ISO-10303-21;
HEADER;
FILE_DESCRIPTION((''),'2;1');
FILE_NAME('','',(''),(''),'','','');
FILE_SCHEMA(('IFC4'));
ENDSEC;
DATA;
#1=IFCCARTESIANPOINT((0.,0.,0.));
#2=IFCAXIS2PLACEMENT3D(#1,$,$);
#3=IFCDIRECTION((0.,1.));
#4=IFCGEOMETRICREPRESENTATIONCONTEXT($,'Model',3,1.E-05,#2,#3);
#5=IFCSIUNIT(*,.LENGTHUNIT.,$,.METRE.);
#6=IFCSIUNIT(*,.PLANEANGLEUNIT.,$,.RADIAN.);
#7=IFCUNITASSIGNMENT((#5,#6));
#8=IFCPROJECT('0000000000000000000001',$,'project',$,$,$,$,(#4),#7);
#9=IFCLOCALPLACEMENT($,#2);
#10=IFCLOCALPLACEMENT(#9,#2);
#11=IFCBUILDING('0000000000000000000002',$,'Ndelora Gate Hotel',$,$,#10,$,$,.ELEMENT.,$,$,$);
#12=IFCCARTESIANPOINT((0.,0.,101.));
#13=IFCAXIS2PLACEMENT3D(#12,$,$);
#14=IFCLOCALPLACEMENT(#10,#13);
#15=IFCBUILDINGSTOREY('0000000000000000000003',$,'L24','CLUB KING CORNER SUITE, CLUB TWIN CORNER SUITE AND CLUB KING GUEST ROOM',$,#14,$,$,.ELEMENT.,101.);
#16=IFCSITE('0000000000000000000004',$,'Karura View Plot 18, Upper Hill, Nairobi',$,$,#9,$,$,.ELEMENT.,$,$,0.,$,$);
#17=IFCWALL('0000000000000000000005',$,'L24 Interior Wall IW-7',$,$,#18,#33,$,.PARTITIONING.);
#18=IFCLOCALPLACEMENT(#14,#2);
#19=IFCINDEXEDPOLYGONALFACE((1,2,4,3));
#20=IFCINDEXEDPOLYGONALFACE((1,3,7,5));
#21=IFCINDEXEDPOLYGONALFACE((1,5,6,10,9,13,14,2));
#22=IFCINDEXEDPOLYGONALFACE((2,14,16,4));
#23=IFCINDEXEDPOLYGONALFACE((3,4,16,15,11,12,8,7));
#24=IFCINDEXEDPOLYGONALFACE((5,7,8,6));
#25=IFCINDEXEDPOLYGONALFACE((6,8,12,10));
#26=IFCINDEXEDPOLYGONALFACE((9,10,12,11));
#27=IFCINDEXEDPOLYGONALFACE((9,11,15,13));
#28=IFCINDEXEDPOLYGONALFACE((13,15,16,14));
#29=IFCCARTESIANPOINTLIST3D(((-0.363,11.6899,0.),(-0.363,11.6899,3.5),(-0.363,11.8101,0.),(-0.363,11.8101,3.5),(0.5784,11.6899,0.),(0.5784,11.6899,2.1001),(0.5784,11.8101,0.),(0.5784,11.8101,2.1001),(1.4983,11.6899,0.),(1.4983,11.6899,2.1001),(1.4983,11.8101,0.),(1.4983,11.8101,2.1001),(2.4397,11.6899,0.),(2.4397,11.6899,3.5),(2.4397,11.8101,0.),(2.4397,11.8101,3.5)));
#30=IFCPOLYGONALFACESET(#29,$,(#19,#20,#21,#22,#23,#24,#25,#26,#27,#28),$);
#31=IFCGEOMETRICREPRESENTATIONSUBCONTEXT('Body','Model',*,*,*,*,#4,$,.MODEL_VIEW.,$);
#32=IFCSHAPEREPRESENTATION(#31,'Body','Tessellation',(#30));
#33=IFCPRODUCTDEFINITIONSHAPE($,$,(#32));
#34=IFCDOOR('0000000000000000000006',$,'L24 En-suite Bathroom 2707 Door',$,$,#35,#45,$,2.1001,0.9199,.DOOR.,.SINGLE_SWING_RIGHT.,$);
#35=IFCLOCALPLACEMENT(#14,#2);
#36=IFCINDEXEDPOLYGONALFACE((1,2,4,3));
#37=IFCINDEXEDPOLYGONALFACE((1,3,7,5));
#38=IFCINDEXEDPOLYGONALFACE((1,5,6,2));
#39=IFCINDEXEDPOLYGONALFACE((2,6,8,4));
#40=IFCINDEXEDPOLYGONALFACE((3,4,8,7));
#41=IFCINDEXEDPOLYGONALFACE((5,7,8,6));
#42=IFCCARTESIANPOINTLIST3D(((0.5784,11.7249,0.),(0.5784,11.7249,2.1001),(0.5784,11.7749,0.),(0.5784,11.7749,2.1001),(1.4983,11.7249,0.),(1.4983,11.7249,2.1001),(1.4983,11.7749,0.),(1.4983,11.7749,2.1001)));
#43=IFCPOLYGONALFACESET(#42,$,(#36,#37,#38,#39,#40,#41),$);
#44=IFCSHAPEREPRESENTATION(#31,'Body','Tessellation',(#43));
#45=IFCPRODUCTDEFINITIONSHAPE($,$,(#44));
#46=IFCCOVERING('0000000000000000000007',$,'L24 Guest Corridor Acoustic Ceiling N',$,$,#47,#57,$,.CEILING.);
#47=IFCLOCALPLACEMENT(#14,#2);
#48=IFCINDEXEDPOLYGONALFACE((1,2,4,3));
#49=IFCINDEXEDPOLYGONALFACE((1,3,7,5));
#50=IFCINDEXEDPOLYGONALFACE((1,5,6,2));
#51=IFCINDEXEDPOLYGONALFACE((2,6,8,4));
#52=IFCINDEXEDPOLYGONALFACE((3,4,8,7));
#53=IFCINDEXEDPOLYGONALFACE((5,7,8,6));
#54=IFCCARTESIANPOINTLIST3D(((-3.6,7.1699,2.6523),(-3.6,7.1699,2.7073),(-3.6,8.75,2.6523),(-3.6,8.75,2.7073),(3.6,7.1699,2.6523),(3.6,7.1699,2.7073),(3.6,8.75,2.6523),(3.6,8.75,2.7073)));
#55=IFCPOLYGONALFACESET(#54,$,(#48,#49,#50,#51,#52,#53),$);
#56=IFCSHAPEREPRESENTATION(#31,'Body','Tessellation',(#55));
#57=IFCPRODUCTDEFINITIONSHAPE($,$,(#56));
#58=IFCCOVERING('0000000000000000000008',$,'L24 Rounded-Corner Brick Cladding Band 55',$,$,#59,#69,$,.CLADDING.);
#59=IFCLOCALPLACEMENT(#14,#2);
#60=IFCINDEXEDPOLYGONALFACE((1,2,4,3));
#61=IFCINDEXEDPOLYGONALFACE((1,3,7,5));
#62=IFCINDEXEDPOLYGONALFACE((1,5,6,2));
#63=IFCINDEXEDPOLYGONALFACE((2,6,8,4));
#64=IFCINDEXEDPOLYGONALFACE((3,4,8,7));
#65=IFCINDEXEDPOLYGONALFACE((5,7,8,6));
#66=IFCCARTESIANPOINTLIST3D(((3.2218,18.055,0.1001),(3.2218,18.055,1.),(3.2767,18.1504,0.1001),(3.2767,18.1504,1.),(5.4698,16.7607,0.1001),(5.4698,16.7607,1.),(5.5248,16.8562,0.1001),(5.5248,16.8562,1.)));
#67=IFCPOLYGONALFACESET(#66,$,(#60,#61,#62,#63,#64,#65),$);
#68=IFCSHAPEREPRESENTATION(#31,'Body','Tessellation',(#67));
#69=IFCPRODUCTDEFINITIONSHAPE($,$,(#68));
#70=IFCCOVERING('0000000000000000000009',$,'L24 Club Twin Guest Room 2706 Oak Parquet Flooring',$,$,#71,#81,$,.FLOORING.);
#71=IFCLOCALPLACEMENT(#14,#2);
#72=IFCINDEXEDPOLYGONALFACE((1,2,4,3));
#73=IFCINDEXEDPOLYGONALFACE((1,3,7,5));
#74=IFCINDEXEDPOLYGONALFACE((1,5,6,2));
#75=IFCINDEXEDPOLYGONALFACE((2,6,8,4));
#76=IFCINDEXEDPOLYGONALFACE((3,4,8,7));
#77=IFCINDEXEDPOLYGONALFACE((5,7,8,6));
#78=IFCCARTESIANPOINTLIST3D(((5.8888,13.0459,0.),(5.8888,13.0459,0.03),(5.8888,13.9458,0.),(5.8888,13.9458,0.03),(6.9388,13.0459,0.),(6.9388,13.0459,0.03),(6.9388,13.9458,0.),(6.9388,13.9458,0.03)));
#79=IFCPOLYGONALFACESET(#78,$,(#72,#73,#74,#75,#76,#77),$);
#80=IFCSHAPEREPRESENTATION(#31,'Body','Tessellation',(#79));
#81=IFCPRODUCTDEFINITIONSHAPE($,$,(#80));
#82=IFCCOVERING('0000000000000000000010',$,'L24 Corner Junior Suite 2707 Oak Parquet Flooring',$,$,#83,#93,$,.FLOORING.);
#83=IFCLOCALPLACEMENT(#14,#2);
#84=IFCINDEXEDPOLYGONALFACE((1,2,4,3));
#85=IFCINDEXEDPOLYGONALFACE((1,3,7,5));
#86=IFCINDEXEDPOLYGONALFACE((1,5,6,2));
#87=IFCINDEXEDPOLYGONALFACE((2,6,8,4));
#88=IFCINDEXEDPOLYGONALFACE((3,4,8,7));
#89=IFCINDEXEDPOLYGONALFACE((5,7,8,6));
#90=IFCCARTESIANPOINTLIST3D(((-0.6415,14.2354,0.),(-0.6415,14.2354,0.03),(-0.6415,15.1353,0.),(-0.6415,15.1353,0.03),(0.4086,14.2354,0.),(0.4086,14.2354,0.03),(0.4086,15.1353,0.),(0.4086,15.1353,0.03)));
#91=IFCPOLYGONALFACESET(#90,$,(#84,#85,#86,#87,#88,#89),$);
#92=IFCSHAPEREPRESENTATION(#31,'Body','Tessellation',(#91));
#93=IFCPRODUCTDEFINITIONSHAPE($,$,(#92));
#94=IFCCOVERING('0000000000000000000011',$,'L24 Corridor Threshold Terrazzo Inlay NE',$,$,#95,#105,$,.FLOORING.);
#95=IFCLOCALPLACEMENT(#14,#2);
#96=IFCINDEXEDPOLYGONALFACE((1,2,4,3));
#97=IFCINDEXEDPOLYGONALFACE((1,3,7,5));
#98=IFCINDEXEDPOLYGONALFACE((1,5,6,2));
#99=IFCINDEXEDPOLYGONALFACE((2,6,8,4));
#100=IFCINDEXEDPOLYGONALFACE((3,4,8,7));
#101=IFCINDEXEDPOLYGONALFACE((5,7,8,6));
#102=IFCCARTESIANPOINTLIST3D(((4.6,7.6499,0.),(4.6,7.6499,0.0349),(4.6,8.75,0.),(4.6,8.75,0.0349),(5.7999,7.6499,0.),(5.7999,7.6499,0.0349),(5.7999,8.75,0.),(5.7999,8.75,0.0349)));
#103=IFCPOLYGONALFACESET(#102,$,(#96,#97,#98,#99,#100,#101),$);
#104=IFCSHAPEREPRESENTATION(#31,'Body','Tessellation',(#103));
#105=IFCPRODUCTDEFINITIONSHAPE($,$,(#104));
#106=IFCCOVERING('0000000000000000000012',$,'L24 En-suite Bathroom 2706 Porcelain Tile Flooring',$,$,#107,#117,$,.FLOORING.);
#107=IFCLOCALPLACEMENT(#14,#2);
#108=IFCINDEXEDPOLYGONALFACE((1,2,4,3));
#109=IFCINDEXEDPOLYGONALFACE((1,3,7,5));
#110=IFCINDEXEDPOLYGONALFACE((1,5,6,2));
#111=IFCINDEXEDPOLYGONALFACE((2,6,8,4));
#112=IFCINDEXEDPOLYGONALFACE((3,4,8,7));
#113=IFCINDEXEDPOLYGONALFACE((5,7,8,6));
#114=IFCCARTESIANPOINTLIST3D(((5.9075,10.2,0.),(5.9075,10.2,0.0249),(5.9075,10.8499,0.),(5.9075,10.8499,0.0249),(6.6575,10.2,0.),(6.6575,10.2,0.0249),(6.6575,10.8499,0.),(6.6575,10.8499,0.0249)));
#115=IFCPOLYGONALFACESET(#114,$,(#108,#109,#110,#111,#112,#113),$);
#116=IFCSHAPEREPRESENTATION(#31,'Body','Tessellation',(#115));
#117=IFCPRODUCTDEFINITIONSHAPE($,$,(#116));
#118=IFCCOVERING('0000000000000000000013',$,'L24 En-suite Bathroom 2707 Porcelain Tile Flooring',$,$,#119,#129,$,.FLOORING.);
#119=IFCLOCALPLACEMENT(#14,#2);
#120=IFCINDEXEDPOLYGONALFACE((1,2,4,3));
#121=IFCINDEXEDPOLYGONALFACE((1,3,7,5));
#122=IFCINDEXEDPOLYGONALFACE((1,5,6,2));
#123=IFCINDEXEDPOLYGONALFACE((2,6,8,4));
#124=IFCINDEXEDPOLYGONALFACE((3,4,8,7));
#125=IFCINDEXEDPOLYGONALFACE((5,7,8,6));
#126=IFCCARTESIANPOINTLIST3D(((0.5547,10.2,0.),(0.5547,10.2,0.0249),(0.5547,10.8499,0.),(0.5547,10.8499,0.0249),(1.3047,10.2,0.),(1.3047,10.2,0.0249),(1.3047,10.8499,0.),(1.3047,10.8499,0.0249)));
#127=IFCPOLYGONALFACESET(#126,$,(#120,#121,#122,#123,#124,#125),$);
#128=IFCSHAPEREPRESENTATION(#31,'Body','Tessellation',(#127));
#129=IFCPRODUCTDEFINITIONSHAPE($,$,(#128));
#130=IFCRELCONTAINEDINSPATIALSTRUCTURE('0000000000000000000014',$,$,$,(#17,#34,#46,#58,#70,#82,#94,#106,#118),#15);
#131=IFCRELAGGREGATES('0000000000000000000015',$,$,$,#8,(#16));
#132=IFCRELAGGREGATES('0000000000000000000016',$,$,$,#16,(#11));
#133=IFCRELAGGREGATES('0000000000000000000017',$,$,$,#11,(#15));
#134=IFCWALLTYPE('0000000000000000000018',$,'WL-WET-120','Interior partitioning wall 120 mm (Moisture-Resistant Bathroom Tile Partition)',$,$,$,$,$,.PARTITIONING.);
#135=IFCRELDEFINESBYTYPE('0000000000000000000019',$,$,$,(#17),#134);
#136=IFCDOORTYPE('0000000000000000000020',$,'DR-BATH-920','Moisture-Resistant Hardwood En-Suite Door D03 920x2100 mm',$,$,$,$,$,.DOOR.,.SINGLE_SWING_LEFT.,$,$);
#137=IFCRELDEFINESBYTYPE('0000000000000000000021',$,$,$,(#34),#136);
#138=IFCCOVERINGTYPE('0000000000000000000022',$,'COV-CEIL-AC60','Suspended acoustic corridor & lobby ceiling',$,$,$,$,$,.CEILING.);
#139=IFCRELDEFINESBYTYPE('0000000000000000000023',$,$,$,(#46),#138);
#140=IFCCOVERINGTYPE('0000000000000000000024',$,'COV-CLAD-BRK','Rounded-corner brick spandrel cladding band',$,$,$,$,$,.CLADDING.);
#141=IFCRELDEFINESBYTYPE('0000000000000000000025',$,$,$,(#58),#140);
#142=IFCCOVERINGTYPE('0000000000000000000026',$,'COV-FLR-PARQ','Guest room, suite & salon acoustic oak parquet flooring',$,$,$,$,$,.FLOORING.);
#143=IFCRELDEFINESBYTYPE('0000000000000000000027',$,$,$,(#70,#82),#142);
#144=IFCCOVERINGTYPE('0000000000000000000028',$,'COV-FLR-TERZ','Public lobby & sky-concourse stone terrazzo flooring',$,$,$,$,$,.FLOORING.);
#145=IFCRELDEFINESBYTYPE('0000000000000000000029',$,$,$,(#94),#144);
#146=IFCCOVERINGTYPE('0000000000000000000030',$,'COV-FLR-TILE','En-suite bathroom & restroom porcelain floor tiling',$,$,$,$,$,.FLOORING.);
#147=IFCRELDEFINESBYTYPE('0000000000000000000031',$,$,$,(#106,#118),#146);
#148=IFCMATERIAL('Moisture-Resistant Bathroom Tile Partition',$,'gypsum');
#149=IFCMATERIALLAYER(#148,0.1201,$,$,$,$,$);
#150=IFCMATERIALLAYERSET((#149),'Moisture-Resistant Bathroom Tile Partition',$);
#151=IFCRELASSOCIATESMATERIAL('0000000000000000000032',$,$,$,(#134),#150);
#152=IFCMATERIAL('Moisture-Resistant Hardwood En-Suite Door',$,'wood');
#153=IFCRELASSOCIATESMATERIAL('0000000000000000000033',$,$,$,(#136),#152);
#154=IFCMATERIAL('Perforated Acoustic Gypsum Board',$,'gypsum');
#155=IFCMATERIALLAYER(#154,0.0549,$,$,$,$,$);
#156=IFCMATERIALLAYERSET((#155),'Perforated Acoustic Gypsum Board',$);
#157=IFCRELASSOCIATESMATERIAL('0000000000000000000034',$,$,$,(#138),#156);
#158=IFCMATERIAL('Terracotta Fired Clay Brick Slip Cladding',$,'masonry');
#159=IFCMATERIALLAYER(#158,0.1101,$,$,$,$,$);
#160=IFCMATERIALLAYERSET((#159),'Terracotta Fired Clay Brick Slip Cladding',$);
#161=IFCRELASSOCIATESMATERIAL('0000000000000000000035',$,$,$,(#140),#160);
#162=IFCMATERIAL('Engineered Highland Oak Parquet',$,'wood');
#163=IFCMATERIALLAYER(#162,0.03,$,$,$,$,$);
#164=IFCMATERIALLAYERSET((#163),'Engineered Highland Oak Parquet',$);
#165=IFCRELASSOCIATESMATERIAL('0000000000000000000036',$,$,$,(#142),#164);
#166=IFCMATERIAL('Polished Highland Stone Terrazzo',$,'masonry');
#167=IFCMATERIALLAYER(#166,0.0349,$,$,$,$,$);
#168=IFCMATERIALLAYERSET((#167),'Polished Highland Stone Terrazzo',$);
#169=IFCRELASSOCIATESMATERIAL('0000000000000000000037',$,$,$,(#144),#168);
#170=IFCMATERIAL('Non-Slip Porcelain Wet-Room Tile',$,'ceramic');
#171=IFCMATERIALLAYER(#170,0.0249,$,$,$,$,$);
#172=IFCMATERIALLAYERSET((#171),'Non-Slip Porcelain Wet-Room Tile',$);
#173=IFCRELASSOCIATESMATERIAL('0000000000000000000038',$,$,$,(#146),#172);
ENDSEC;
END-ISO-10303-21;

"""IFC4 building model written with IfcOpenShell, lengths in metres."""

from ifc_helpers import new_model, si_unit, direction, frame, frame_2d, origin, origin_2d, place, context, subcontext, project, spatial, rectangle, extrude, material, layer, layer_set, type_object, element, fill, save


model = new_model("IFC4")

# Units and contexts
model_context = context("Model", 3, precision=1e-05, world=origin(), true_north=direction((0.0, 1.0)))
body_context = subcontext(model_context, "Body", "Model", "MODEL_VIEW")
ifc_project = project(units=[si_unit("LENGTHUNIT", "METRE"), si_unit("PLANEANGLEUNIT", "RADIAN")], contexts=[model_context])

# Site, building, storey
site_placement = place(None, origin())
site = spatial("IfcSite", under=ifc_project, at=site_placement, Name="Karura View Plot 18, Upper Hill, Nairobi", CompositionType="ELEMENT", RefElevation=0.0)
building_placement = place(site_placement, origin())
building = spatial("IfcBuilding", under=site, at=building_placement, Name="Ndelora Gate Hotel", CompositionType="ELEMENT")
storey_placement = place(building_placement, frame((0.0, 0.0, 101.0)))
storey = spatial("IfcBuildingStorey", under=building, at=storey_placement, Name="L24", Description="CLUB KING CORNER SUITE, CLUB TWIN CORNER SUITE AND CLUB KING GUEST ROOM", CompositionType="ELEMENT", Elevation=101.0)

# Shared definitions
ifc_material_1 = material(Name="Moisture-Resistant Bathroom Tile Partition", Category="gypsum")
ifc_layer_1 = layer(ifc_material_1, 0.1201)
ifc_layer_set_1 = layer_set([ifc_layer_1], Name="Moisture-Resistant Bathroom Tile Partition")
wall_type_1 = type_object("IfcWallType", Name="WL-WET-120", Description="Interior partitioning wall 120 mm (Moisture-Resistant Bathroom Tile Partition)", PredefinedType="PARTITIONING", material=ifc_layer_set_1)

# Shared definitions
ifc_material_2 = material(Name="Moisture-Resistant Hardwood En-Suite Door", Category="wood")
door_type = type_object("IfcDoorType", Name="DR-BATH-920", Description="Moisture-Resistant Hardwood En-Suite Door D03 920x2100 mm", OperationType="SINGLE_SWING_LEFT", PredefinedType="DOOR", material=ifc_material_2)

# Wall, opening, door
wall_1_placement = place(storey_placement, frame((-0.363, 11.75, 0.0), z_axis=(0.0, 0.0, 1.0), x_axis=(1.0, 0.0, 0.0)))
wall_1 = element("IfcWall", 1, at=wall_1_placement, inside=storey, type_object=wall_type_1, Name="L24 Interior Wall IW-7", PredefinedType="PARTITIONING", context=body_context, shape_type="SweptSolid", body=[
    extrude(rectangle(XDim=2.8027, YDim=0.1201, at=frame_2d((1.4014, 0.0))), origin(), (0.0, 0.0, 1.0), 3.5),
])
opening_1_placement = place(wall_1_placement, frame((0.9414, 0.0, 0.0)))
opening_1 = element("IfcOpeningElement", 2, at=opening_1_placement, cuts=wall_1, PredefinedType="OPENING", context=body_context, shape_type="SweptSolid", body=[
    extrude(rectangle(XDim=0.9199, YDim=2.1001, at=frame_2d((0.46, 1.05))), frame((0.0, 0.0701, 0.0), z_axis=(0.0, -1.0, 0.0), x_axis=(1.0, 0.0, 0.0)), (0.0, 0.0, 1.0), 0.1401),
])
door_1_placement = place(opening_1_placement, origin())
door_1 = element("IfcDoor", 3, at=door_1_placement, inside=storey, type_object=door_type, Name="L24 En-suite Bathroom 2707 Door", OperationType="SINGLE_SWING_RIGHT", OverallHeight=2.1001, OverallWidth=0.9199, PredefinedType="DOOR", context=body_context, shape_type="SweptSolid", body=[
    extrude(rectangle(XDim=0.9199, YDim=2.1001, at=frame_2d((0.46, 1.05))), frame((0.0, 0.0249, 0.0), z_axis=(0.0, -1.0, 0.0), x_axis=(1.0, 0.0, 0.0)), (0.0, 0.0, 1.0), 0.05),
])
fill(opening_1, door_1)

# Coverings
ifc_material_3 = material(Name="Perforated Acoustic Gypsum Board", Category="gypsum")
ifc_layer_2 = layer(ifc_material_3, 0.0549)
ifc_layer_set_2 = layer_set([ifc_layer_2], Name="Perforated Acoustic Gypsum Board")
covering_type_1 = type_object("IfcCoveringType", Name="COV-CEIL-AC60", Description="Suspended acoustic corridor & lobby ceiling", PredefinedType="CEILING", material=ifc_layer_set_2)
covering_1_placement = place(storey_placement, frame((0.0, 7.96, 2.6523), z_axis=(0.0, 0.0, 1.0), x_axis=(1.0, 0.0, 0.0)))
element("IfcCovering", 4, at=covering_1_placement, inside=storey, type_object=covering_type_1, Name="L24 Guest Corridor Acoustic Ceiling N", PredefinedType="CEILING", context=body_context, shape_type="SweptSolid", body=[
    extrude(rectangle(XDim=7.2, YDim=1.5801, at=origin_2d()), origin(), (0.0, 0.0, 1.0), 0.0549),
])
ifc_material_4 = material(Name="Terracotta Fired Clay Brick Slip Cladding", Category="masonry")
ifc_layer_3 = layer(ifc_material_4, 0.1101)
ifc_layer_set_3 = layer_set([ifc_layer_3], Name="Terracotta Fired Clay Brick Slip Cladding")
covering_type_2 = type_object("IfcCoveringType", Name="COV-CLAD-BRK", Description="Rounded-corner brick spandrel cladding band", PredefinedType="CLADDING", material=ifc_layer_set_3)
covering_2_placement = place(storey_placement, frame((4.3733, 17.4556, 0.1001), z_axis=(0.0, 0.0, 1.0), x_axis=(-0.866636, 0.498942, 0.0)))
element("IfcCovering", 5, at=covering_2_placement, inside=storey, type_object=covering_type_2, Name="L24 Rounded-Corner Brick Cladding Band 55", PredefinedType="CLADDING", context=body_context, shape_type="SweptSolid", body=[
    extrude(rectangle(XDim=2.594, YDim=0.1101, at=origin_2d()), origin(), (0.0, 0.0, 1.0), 0.8999),
])
ifc_material_5 = material(Name="Engineered Highland Oak Parquet", Category="wood")
ifc_layer_4 = layer(ifc_material_5, 0.03)
ifc_layer_set_4 = layer_set([ifc_layer_4], Name="Engineered Highland Oak Parquet")
covering_type_3 = type_object("IfcCoveringType", Name="COV-FLR-PARQ", Description="Guest room, suite & salon acoustic oak parquet flooring", PredefinedType="FLOORING", material=ifc_layer_set_4)
for number, where, z_axis, x_axis, name in (
    (6, (6.4138, 13.4958, 0.0), (0.0, 0.0, 1.0), (1.0, 0.0, 0.0), "L24 Club Twin Guest Room 2706 Oak Parquet Flooring"),
    (7, (-0.1165, 14.6853, 0.0), (0.0, 0.0, 1.0), (1.0, 0.0, 0.0), "L24 Corner Junior Suite 2707 Oak Parquet Flooring"),
):
    element("IfcCovering", number, at=place(storey_placement, frame(where, z_axis=z_axis, x_axis=x_axis)), inside=storey, type_object=covering_type_3, Name=name, PredefinedType="FLOORING", context=body_context, shape_type="SweptSolid", body=[
        extrude(rectangle(XDim=1.05, YDim=0.8999, at=origin_2d()), origin(), (0.0, 0.0, 1.0), 0.03),
    ])
ifc_material_6 = material(Name="Polished Highland Stone Terrazzo", Category="masonry")
ifc_layer_5 = layer(ifc_material_6, 0.0349)
ifc_layer_set_5 = layer_set([ifc_layer_5], Name="Polished Highland Stone Terrazzo")
covering_type_4 = type_object("IfcCoveringType", Name="COV-FLR-TERZ", Description="Public lobby & sky-concourse stone terrazzo flooring", PredefinedType="FLOORING", material=ifc_layer_set_5)
covering_3_placement = place(storey_placement, frame((5.2, 8.2, 0.0), z_axis=(0.0, 0.0, 1.0), x_axis=(1.0, 0.0, 0.0)))
element("IfcCovering", 8, at=covering_3_placement, inside=storey, type_object=covering_type_4, Name="L24 Corridor Threshold Terrazzo Inlay NE", PredefinedType="FLOORING", context=body_context, shape_type="SweptSolid", body=[
    extrude(rectangle(XDim=1.2, YDim=1.1001, at=origin_2d()), origin(), (0.0, 0.0, 1.0), 0.0349),
])
ifc_material_7 = material(Name="Non-Slip Porcelain Wet-Room Tile", Category="ceramic")
ifc_layer_6 = layer(ifc_material_7, 0.0249)
ifc_layer_set_6 = layer_set([ifc_layer_6], Name="Non-Slip Porcelain Wet-Room Tile")
covering_type_5 = type_object("IfcCoveringType", Name="COV-FLR-TILE", Description="En-suite bathroom & restroom porcelain floor tiling", PredefinedType="FLOORING", material=ifc_layer_set_6)
for number, where, z_axis, x_axis, name in (
    (9, (6.2825, 10.5249, 0.0), (0.0, 0.0, 1.0), (1.0, 0.0, 0.0), "L24 En-suite Bathroom 2706 Porcelain Tile Flooring"),
    (10, (0.9297, 10.5249, 0.0), (0.0, 0.0, 1.0), (1.0, 0.0, 0.0), "L24 En-suite Bathroom 2707 Porcelain Tile Flooring"),
):
    element("IfcCovering", number, at=place(storey_placement, frame(where, z_axis=z_axis, x_axis=x_axis)), inside=storey, type_object=covering_type_5, Name=name, PredefinedType="FLOORING", context=body_context, shape_type="SweptSolid", body=[
        extrude(rectangle(XDim=0.75, YDim=0.6499, at=origin_2d()), origin(), (0.0, 0.0, 1.0), 0.0249),
    ])

save(model, "model.ifc")
